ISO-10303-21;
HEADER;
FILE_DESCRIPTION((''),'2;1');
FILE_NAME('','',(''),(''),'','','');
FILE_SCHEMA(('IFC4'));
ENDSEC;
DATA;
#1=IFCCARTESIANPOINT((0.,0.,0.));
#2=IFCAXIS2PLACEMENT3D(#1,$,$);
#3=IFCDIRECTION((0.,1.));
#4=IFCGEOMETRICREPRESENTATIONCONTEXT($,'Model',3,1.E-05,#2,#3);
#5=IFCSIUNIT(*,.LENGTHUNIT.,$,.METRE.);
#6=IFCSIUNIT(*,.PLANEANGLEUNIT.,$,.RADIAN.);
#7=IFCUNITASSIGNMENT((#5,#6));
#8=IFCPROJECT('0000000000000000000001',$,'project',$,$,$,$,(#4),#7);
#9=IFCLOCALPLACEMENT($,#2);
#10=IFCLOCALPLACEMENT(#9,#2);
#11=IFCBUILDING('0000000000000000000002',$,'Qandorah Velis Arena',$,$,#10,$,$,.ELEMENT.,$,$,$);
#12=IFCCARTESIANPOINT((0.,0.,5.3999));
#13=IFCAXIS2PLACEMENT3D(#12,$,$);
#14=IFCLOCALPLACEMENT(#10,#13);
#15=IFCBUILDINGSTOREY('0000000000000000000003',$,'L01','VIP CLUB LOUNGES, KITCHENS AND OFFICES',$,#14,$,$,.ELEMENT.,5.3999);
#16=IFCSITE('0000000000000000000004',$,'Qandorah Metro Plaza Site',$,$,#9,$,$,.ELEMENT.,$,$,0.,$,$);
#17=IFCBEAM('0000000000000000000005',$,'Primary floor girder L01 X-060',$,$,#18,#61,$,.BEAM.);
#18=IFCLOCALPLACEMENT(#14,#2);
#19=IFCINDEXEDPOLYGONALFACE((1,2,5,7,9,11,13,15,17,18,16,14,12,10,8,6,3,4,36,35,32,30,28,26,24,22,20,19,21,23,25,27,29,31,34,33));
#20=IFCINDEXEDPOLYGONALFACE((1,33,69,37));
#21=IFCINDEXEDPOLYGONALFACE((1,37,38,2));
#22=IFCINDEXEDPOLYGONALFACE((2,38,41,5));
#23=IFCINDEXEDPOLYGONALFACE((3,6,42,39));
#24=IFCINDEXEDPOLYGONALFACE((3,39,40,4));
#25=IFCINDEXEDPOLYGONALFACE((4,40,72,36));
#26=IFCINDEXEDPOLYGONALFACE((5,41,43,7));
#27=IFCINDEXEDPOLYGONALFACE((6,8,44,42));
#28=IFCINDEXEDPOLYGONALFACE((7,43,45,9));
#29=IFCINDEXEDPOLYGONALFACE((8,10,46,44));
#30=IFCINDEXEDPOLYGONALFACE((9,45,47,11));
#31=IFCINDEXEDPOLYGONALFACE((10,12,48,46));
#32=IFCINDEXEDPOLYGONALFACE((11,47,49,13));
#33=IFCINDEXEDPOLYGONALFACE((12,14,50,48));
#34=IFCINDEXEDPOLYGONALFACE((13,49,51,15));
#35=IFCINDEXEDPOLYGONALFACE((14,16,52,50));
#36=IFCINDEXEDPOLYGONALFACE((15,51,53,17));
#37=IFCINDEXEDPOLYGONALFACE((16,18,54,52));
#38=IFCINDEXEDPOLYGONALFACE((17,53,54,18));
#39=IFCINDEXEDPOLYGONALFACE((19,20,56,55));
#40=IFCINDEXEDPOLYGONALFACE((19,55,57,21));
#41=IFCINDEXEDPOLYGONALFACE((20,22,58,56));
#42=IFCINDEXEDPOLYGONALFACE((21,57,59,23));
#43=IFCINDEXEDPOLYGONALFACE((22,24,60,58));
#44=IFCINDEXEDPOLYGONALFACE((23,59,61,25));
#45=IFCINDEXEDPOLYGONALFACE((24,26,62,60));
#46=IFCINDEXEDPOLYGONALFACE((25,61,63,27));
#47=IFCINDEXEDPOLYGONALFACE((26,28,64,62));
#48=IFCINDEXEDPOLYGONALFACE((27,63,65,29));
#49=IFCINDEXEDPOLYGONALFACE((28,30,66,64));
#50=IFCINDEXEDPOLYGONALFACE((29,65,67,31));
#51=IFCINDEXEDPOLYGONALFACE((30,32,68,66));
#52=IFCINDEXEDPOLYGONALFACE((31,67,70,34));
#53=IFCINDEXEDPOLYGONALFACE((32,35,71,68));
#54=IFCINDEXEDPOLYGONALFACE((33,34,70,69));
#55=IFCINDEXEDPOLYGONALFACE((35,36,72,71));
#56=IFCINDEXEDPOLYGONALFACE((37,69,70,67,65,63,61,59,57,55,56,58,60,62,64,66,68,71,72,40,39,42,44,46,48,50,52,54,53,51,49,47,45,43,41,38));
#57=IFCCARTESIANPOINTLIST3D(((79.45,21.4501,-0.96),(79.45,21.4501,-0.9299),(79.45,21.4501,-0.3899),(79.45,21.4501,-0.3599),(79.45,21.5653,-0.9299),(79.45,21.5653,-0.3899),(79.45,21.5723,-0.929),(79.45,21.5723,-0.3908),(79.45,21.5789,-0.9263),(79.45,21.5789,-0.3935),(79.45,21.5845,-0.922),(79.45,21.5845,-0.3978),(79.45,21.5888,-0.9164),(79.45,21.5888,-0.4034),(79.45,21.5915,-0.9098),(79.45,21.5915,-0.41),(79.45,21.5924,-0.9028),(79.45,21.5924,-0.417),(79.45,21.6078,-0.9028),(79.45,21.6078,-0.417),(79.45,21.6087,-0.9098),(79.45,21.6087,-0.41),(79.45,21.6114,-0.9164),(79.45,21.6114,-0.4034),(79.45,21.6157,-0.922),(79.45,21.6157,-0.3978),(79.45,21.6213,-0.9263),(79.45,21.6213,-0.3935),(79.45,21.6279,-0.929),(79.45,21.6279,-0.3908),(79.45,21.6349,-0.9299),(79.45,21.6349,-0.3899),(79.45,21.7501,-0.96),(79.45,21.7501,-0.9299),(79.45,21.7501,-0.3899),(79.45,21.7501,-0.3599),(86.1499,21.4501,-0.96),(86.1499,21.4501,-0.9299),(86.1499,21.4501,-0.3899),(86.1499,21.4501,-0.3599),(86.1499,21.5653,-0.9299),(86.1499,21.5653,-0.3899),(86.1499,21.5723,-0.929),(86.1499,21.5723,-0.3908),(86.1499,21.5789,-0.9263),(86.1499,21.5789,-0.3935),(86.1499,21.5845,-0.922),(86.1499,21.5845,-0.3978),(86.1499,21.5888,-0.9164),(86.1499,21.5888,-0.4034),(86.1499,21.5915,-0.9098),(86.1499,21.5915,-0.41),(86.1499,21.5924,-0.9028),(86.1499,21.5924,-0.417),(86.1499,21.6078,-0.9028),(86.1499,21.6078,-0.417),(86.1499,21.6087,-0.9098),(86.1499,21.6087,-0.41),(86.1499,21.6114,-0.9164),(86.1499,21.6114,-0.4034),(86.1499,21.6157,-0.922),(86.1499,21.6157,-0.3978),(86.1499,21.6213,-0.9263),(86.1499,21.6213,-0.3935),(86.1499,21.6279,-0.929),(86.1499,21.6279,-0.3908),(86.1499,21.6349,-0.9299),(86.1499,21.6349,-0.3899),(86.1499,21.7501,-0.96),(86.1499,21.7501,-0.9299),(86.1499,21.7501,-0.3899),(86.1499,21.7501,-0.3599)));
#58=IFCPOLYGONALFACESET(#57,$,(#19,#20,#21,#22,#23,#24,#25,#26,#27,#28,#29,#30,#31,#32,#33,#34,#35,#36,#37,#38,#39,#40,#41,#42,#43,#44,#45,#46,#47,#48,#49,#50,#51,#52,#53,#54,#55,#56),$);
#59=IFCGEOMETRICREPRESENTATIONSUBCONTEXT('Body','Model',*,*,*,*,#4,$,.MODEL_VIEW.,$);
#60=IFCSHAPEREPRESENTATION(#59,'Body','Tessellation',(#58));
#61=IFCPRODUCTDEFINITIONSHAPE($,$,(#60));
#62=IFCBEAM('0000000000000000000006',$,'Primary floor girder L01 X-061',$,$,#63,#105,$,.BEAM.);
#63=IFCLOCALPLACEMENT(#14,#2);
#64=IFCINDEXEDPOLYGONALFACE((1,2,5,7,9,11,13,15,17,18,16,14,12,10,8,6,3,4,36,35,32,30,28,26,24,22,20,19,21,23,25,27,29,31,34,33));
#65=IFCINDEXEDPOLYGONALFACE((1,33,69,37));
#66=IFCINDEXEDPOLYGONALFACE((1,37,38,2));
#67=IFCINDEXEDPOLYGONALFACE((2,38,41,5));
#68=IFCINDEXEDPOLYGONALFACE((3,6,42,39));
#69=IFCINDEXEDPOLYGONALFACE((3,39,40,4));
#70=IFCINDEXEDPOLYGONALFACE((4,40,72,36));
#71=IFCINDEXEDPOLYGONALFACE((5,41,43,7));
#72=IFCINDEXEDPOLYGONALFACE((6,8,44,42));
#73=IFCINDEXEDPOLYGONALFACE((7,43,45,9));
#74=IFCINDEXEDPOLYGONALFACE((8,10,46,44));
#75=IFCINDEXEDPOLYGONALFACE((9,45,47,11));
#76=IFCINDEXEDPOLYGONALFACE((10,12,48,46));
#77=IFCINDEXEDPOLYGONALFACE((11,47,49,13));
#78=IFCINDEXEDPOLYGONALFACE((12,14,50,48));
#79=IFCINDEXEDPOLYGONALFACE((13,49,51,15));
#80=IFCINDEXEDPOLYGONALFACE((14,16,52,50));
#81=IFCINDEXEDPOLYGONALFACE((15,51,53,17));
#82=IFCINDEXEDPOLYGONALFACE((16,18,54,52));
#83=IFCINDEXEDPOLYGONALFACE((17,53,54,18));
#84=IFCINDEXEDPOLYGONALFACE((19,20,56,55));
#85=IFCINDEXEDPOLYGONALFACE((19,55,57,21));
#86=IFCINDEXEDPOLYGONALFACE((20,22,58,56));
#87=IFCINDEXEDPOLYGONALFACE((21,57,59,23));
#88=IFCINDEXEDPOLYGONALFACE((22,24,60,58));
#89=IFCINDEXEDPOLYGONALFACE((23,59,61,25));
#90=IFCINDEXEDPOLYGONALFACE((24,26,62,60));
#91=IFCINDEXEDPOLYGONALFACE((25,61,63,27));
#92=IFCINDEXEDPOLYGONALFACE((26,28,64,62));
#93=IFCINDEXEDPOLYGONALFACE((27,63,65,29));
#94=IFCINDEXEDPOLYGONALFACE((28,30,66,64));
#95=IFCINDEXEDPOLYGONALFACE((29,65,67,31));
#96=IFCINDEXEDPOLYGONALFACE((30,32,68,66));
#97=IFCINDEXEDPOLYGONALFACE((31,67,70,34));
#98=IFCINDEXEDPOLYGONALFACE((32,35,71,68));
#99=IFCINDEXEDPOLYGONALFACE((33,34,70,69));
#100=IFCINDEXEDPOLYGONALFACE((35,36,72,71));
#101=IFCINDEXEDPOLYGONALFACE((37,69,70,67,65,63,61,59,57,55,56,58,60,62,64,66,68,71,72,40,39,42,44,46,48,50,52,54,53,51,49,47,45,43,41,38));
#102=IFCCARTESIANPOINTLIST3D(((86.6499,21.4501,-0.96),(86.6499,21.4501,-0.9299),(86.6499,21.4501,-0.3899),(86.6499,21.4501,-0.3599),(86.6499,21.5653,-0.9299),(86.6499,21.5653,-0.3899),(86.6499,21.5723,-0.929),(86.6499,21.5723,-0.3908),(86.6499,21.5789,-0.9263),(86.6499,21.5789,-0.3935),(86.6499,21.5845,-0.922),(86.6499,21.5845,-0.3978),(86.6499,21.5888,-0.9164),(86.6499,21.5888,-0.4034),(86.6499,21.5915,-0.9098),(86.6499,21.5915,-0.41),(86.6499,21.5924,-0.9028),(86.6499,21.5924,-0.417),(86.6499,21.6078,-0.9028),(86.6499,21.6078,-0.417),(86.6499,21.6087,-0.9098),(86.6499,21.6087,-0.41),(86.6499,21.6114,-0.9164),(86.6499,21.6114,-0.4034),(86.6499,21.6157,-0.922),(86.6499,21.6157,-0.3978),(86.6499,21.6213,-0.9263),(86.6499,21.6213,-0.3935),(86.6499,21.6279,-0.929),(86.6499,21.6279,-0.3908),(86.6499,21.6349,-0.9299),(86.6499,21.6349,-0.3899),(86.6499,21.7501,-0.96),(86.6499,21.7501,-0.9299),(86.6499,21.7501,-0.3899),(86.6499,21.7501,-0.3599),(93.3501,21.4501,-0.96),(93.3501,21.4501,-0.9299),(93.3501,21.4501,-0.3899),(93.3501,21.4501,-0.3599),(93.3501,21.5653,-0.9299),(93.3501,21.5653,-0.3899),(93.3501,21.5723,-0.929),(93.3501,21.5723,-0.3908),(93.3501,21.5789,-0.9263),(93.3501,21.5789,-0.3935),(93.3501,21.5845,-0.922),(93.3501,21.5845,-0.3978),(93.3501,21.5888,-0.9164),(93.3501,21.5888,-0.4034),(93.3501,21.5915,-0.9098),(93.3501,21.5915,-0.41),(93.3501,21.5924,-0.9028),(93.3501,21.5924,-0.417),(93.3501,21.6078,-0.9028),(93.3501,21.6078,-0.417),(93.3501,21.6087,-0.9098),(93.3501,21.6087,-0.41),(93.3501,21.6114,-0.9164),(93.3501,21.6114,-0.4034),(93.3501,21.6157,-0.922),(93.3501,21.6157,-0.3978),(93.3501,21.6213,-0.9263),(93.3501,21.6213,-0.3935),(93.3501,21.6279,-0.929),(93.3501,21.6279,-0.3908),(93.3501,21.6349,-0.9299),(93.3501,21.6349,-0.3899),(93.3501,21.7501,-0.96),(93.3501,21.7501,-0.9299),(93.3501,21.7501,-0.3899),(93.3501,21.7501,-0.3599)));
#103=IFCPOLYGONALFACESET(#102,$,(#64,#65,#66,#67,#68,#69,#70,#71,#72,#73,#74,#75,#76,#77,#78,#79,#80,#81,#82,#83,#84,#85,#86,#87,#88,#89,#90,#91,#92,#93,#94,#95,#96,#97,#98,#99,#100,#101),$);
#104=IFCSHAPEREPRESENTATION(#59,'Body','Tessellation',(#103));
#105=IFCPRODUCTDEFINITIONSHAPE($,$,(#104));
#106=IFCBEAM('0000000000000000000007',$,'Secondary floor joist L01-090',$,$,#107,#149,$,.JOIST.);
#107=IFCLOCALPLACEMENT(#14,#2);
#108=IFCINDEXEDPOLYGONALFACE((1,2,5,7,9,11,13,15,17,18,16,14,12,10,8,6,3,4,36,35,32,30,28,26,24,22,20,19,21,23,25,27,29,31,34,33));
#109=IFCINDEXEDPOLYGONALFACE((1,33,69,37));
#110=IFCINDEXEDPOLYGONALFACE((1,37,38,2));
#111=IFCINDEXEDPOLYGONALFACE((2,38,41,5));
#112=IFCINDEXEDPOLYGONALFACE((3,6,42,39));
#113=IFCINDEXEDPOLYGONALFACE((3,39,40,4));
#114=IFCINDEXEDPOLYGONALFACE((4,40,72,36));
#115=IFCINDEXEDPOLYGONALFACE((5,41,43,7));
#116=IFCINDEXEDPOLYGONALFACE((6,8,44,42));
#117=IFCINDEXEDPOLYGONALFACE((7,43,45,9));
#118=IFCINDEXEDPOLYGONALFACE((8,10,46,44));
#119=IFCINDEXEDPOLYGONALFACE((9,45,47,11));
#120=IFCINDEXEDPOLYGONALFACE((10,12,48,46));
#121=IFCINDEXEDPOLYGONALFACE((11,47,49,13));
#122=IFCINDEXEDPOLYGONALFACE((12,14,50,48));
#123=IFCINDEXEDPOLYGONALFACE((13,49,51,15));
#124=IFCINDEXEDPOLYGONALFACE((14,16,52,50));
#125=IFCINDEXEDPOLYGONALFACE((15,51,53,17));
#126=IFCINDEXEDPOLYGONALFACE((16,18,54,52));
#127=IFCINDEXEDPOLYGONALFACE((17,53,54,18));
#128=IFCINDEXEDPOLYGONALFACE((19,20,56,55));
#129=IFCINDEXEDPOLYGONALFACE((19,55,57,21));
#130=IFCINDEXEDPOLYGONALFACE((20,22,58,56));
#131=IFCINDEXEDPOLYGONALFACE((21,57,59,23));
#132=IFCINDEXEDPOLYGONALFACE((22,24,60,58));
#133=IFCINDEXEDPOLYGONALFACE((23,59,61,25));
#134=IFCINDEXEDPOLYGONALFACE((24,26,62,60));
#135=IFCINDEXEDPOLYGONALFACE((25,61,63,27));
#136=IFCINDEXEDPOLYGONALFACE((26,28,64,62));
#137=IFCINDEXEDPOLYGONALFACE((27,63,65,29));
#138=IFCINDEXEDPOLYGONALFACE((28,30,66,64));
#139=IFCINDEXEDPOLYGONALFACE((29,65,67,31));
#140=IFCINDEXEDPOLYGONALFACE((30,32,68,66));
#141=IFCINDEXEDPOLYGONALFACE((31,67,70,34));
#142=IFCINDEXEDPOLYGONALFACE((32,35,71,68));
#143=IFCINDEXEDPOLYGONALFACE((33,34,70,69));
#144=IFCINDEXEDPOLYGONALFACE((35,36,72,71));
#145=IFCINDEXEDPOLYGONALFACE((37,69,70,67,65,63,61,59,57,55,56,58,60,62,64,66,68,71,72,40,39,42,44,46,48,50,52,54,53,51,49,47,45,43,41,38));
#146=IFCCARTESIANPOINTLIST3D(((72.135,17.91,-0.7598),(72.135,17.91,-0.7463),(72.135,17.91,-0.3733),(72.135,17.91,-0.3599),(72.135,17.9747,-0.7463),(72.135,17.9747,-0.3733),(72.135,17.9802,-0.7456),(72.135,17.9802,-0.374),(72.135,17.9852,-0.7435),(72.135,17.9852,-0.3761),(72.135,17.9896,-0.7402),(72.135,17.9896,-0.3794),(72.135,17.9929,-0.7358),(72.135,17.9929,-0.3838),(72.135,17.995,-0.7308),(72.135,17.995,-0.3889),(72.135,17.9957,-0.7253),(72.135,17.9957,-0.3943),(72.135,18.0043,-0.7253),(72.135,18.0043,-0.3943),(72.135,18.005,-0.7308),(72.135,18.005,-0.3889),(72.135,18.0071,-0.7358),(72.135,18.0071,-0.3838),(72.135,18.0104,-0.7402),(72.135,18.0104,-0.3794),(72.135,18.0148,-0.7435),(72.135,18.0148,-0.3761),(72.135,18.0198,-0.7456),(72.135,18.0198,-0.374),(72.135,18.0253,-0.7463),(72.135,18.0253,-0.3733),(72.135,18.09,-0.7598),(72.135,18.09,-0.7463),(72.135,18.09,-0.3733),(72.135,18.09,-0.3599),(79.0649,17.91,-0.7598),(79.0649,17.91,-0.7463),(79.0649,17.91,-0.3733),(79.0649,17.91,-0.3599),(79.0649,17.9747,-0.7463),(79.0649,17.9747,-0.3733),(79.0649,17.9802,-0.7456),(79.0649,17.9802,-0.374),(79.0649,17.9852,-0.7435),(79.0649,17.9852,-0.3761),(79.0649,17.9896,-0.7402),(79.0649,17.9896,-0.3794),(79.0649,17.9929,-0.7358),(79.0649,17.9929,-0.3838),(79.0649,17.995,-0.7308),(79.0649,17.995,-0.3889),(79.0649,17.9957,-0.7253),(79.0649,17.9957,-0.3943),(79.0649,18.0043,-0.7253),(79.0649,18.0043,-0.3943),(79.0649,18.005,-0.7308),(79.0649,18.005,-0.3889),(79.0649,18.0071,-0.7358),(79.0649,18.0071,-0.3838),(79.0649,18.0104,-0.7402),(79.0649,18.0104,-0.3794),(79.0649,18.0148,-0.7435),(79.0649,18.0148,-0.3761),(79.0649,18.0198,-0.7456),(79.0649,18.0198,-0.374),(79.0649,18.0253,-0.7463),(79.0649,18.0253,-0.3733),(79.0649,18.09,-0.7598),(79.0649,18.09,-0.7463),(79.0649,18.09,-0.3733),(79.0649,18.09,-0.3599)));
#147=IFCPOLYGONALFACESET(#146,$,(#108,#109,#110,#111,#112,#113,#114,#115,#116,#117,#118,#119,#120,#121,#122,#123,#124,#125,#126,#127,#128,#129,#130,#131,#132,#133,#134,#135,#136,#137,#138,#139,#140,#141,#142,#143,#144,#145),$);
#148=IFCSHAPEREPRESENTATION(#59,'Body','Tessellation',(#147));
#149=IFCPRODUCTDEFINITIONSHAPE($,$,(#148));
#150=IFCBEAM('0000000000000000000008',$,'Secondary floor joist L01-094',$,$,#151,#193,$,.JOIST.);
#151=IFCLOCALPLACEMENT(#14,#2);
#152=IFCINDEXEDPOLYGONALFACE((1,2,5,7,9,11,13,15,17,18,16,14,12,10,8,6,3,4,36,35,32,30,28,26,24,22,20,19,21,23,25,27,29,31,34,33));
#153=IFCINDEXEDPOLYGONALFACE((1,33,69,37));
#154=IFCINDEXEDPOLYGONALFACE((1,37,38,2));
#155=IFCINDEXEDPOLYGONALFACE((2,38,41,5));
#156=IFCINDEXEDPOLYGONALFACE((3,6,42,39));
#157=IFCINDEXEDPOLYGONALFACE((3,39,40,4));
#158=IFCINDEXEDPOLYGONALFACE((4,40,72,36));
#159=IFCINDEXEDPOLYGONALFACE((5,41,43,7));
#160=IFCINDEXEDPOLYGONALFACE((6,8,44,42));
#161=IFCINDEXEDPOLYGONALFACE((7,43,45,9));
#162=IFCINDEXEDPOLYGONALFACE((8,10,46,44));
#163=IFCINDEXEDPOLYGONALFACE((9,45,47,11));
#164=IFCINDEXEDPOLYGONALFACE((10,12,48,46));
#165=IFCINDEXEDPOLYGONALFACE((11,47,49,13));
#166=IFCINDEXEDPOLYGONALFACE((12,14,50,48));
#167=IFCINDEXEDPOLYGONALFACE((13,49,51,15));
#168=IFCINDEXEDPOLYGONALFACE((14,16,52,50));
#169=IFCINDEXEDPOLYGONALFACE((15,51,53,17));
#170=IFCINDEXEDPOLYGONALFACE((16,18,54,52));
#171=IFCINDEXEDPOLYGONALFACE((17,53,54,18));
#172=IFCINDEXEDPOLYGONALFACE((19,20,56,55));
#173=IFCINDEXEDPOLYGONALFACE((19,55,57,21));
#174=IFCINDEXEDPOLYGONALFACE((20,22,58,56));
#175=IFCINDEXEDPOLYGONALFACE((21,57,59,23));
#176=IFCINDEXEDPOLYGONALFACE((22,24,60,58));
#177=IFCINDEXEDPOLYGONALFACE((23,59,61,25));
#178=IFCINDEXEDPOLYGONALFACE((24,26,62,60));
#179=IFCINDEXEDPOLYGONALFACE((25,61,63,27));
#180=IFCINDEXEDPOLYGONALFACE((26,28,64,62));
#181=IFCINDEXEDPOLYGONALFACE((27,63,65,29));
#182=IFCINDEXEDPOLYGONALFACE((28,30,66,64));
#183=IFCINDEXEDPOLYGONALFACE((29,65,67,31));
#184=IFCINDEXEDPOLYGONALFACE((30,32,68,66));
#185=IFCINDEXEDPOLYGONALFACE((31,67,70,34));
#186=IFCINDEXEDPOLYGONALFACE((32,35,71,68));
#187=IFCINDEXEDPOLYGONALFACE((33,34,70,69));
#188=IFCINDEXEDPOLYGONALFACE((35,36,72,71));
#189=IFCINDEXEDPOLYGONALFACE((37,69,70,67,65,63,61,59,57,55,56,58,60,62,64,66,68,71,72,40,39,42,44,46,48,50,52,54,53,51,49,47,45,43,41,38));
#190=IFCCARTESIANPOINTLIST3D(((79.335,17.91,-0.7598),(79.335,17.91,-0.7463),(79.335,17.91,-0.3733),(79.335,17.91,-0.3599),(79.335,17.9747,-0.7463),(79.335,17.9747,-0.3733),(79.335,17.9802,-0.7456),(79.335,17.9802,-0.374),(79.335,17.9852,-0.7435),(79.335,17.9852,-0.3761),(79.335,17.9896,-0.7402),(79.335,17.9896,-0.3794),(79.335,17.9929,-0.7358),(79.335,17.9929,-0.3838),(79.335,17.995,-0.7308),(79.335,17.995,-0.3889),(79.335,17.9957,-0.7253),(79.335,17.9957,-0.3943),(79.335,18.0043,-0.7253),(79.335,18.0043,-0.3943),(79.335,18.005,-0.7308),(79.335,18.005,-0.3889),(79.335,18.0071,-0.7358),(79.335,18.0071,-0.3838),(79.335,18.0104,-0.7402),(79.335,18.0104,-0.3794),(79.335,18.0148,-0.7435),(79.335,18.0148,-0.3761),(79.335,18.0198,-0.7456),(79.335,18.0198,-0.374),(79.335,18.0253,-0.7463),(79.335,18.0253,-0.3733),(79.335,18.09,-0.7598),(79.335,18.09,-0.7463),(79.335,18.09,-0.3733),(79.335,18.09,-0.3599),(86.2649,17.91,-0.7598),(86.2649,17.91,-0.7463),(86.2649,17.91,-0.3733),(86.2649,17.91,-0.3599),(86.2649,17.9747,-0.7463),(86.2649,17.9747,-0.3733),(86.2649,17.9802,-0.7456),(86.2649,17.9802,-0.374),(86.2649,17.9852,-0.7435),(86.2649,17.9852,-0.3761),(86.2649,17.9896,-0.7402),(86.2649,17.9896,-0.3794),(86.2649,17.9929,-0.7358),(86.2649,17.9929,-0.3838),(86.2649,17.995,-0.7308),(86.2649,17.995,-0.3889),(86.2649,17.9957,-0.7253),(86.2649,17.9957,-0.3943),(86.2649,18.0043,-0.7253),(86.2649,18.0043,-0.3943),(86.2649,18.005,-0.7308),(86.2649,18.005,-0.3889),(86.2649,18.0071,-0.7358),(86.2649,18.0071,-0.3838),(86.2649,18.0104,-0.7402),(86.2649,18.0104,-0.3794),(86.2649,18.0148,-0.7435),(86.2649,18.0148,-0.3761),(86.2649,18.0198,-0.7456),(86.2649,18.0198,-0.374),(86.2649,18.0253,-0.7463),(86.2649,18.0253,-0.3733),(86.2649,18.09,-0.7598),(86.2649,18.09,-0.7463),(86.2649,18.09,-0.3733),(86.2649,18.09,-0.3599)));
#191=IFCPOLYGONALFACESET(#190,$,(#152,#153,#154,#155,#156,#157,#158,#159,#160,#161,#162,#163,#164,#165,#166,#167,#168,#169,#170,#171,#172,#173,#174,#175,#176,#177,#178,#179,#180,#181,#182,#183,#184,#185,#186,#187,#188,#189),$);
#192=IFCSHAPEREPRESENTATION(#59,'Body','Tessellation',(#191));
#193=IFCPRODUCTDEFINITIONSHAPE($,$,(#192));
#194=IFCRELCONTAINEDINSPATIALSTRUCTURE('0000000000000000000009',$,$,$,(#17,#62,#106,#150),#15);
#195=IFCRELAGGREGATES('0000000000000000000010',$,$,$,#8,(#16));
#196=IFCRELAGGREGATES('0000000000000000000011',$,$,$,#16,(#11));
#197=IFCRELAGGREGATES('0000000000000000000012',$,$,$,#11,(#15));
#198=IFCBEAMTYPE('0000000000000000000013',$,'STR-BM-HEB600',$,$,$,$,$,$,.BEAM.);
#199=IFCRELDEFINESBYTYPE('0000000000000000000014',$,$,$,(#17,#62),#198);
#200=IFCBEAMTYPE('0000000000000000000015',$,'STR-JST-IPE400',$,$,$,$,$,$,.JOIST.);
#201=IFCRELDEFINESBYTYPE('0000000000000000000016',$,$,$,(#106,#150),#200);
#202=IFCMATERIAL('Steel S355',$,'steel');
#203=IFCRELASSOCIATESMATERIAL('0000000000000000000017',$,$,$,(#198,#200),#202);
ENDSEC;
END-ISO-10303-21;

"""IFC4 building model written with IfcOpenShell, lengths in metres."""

from ifc_helpers import new_model, si_unit, direction, frame, origin, origin_2d, place, context, subcontext, project, spatial, i_section, extrude, material, material_profile, profile_set, type_object, element, save


model = new_model("IFC4")

# Units and contexts
model_context = context("Model", 3, precision=1e-05, world=origin(), true_north=direction((0.0, 1.0)))
body_context = subcontext(model_context, "Body", "Model", "MODEL_VIEW")
ifc_project = project(units=[si_unit("LENGTHUNIT", "METRE"), si_unit("PLANEANGLEUNIT", "RADIAN")], contexts=[model_context])

# Site, building, storey
site_placement = place(None, origin())
site = spatial("IfcSite", under=ifc_project, at=site_placement, Name="Qandorah Metro Plaza Site", CompositionType="ELEMENT", RefElevation=0.0)
building_placement = place(site_placement, origin())
building = spatial("IfcBuilding", under=site, at=building_placement, Name="Qandorah Velis Arena", CompositionType="ELEMENT")
storey_placement = place(building_placement, frame((0.0, 0.0, 5.3999)))
storey = spatial("IfcBuildingStorey", under=building, at=storey_placement, Name="L01", Description="VIP CLUB LOUNGES, KITCHENS AND OFFICES", CompositionType="ELEMENT", Elevation=5.3999)

# Beams
ifc_material_1 = material(Name="Steel S355", Category="steel")
ifc_material_profile_1 = material_profile(ifc_material_1, i_section(OverallWidth=0.3, OverallDepth=0.6001, WebThickness=0.0154, FlangeThickness=0.03, FilletRadius=0.0271, at=origin_2d()), Name="HEB 600")
ifc_profile_set_1 = profile_set([ifc_material_profile_1], Name="Steel S355")
beam_type_1 = type_object("IfcBeamType", Name="STR-BM-HEB600", PredefinedType="BEAM", material=ifc_profile_set_1)
for number, where, z_axis, x_axis, name in (
    (1, (79.45, 21.6001, -0.6599), (1.0, 0.0, 0.0), (0.0, 1.0, 0.0), "Primary floor girder L01 X-060"),
):
    element("IfcBeam", number, at=place(storey_placement, frame(where, z_axis=z_axis, x_axis=x_axis)), inside=storey, type_object=beam_type_1, Name=name, PredefinedType="BEAM", context=body_context, shape_type="SweptSolid", body=[
        extrude(i_section(OverallWidth=0.3, OverallDepth=0.6001, WebThickness=0.0154, FlangeThickness=0.03, FilletRadius=0.0271, at=origin_2d()), origin(), (0.0, 0.0, 1.0), 6.7),
    ])
beam_1_placement = place(storey_placement, frame((86.6499, 21.6001, -0.6599), z_axis=(1.0, 0.0, 0.0), x_axis=(0.0, 1.0, 0.0)))
element("IfcBeam", 2, at=beam_1_placement, inside=storey, type_object=beam_type_1, Name="Primary floor girder L01 X-061", PredefinedType="BEAM", context=body_context, shape_type="SweptSolid", body=[
    extrude(i_section(OverallWidth=0.3, OverallDepth=0.6001, WebThickness=0.0154, FlangeThickness=0.03, FilletRadius=0.0271, at=origin_2d()), origin(), (0.0, 0.0, 1.0), 6.7002),
])
ifc_material_profile_2 = material_profile(ifc_material_1, i_section(OverallWidth=0.1799, OverallDepth=0.3999, WebThickness=0.0085, FlangeThickness=0.0134, FilletRadius=0.021, at=origin_2d()), Name="IPE 400")
ifc_profile_set_2 = profile_set([ifc_material_profile_2], Name="Steel S355")
beam_type_2 = type_object("IfcBeamType", Name="STR-JST-IPE400", PredefinedType="JOIST", material=ifc_profile_set_2)
for number, where, z_axis, x_axis, name in (
    (3, (72.135, 18.0, -0.5598), (1.0, 0.0, 0.0), (0.0, 1.0, 0.0), "Secondary floor joist L01-090"),
    (4, (79.335, 18.0, -0.5598), (1.0, 0.0, 0.0), (0.0, 1.0, 0.0), "Secondary floor joist L01-094"),
):
    element("IfcBeam", number, at=place(storey_placement, frame(where, z_axis=z_axis, x_axis=x_axis)), inside=storey, type_object=beam_type_2, Name=name, PredefinedType="JOIST", context=body_context, shape_type="SweptSolid", body=[
        extrude(i_section(OverallWidth=0.1799, OverallDepth=0.3999, WebThickness=0.0085, FlangeThickness=0.0134, FilletRadius=0.021, at=origin_2d()), origin(), (0.0, 0.0, 1.0), 6.9299),
    ])

save(model, "model.ifc")
